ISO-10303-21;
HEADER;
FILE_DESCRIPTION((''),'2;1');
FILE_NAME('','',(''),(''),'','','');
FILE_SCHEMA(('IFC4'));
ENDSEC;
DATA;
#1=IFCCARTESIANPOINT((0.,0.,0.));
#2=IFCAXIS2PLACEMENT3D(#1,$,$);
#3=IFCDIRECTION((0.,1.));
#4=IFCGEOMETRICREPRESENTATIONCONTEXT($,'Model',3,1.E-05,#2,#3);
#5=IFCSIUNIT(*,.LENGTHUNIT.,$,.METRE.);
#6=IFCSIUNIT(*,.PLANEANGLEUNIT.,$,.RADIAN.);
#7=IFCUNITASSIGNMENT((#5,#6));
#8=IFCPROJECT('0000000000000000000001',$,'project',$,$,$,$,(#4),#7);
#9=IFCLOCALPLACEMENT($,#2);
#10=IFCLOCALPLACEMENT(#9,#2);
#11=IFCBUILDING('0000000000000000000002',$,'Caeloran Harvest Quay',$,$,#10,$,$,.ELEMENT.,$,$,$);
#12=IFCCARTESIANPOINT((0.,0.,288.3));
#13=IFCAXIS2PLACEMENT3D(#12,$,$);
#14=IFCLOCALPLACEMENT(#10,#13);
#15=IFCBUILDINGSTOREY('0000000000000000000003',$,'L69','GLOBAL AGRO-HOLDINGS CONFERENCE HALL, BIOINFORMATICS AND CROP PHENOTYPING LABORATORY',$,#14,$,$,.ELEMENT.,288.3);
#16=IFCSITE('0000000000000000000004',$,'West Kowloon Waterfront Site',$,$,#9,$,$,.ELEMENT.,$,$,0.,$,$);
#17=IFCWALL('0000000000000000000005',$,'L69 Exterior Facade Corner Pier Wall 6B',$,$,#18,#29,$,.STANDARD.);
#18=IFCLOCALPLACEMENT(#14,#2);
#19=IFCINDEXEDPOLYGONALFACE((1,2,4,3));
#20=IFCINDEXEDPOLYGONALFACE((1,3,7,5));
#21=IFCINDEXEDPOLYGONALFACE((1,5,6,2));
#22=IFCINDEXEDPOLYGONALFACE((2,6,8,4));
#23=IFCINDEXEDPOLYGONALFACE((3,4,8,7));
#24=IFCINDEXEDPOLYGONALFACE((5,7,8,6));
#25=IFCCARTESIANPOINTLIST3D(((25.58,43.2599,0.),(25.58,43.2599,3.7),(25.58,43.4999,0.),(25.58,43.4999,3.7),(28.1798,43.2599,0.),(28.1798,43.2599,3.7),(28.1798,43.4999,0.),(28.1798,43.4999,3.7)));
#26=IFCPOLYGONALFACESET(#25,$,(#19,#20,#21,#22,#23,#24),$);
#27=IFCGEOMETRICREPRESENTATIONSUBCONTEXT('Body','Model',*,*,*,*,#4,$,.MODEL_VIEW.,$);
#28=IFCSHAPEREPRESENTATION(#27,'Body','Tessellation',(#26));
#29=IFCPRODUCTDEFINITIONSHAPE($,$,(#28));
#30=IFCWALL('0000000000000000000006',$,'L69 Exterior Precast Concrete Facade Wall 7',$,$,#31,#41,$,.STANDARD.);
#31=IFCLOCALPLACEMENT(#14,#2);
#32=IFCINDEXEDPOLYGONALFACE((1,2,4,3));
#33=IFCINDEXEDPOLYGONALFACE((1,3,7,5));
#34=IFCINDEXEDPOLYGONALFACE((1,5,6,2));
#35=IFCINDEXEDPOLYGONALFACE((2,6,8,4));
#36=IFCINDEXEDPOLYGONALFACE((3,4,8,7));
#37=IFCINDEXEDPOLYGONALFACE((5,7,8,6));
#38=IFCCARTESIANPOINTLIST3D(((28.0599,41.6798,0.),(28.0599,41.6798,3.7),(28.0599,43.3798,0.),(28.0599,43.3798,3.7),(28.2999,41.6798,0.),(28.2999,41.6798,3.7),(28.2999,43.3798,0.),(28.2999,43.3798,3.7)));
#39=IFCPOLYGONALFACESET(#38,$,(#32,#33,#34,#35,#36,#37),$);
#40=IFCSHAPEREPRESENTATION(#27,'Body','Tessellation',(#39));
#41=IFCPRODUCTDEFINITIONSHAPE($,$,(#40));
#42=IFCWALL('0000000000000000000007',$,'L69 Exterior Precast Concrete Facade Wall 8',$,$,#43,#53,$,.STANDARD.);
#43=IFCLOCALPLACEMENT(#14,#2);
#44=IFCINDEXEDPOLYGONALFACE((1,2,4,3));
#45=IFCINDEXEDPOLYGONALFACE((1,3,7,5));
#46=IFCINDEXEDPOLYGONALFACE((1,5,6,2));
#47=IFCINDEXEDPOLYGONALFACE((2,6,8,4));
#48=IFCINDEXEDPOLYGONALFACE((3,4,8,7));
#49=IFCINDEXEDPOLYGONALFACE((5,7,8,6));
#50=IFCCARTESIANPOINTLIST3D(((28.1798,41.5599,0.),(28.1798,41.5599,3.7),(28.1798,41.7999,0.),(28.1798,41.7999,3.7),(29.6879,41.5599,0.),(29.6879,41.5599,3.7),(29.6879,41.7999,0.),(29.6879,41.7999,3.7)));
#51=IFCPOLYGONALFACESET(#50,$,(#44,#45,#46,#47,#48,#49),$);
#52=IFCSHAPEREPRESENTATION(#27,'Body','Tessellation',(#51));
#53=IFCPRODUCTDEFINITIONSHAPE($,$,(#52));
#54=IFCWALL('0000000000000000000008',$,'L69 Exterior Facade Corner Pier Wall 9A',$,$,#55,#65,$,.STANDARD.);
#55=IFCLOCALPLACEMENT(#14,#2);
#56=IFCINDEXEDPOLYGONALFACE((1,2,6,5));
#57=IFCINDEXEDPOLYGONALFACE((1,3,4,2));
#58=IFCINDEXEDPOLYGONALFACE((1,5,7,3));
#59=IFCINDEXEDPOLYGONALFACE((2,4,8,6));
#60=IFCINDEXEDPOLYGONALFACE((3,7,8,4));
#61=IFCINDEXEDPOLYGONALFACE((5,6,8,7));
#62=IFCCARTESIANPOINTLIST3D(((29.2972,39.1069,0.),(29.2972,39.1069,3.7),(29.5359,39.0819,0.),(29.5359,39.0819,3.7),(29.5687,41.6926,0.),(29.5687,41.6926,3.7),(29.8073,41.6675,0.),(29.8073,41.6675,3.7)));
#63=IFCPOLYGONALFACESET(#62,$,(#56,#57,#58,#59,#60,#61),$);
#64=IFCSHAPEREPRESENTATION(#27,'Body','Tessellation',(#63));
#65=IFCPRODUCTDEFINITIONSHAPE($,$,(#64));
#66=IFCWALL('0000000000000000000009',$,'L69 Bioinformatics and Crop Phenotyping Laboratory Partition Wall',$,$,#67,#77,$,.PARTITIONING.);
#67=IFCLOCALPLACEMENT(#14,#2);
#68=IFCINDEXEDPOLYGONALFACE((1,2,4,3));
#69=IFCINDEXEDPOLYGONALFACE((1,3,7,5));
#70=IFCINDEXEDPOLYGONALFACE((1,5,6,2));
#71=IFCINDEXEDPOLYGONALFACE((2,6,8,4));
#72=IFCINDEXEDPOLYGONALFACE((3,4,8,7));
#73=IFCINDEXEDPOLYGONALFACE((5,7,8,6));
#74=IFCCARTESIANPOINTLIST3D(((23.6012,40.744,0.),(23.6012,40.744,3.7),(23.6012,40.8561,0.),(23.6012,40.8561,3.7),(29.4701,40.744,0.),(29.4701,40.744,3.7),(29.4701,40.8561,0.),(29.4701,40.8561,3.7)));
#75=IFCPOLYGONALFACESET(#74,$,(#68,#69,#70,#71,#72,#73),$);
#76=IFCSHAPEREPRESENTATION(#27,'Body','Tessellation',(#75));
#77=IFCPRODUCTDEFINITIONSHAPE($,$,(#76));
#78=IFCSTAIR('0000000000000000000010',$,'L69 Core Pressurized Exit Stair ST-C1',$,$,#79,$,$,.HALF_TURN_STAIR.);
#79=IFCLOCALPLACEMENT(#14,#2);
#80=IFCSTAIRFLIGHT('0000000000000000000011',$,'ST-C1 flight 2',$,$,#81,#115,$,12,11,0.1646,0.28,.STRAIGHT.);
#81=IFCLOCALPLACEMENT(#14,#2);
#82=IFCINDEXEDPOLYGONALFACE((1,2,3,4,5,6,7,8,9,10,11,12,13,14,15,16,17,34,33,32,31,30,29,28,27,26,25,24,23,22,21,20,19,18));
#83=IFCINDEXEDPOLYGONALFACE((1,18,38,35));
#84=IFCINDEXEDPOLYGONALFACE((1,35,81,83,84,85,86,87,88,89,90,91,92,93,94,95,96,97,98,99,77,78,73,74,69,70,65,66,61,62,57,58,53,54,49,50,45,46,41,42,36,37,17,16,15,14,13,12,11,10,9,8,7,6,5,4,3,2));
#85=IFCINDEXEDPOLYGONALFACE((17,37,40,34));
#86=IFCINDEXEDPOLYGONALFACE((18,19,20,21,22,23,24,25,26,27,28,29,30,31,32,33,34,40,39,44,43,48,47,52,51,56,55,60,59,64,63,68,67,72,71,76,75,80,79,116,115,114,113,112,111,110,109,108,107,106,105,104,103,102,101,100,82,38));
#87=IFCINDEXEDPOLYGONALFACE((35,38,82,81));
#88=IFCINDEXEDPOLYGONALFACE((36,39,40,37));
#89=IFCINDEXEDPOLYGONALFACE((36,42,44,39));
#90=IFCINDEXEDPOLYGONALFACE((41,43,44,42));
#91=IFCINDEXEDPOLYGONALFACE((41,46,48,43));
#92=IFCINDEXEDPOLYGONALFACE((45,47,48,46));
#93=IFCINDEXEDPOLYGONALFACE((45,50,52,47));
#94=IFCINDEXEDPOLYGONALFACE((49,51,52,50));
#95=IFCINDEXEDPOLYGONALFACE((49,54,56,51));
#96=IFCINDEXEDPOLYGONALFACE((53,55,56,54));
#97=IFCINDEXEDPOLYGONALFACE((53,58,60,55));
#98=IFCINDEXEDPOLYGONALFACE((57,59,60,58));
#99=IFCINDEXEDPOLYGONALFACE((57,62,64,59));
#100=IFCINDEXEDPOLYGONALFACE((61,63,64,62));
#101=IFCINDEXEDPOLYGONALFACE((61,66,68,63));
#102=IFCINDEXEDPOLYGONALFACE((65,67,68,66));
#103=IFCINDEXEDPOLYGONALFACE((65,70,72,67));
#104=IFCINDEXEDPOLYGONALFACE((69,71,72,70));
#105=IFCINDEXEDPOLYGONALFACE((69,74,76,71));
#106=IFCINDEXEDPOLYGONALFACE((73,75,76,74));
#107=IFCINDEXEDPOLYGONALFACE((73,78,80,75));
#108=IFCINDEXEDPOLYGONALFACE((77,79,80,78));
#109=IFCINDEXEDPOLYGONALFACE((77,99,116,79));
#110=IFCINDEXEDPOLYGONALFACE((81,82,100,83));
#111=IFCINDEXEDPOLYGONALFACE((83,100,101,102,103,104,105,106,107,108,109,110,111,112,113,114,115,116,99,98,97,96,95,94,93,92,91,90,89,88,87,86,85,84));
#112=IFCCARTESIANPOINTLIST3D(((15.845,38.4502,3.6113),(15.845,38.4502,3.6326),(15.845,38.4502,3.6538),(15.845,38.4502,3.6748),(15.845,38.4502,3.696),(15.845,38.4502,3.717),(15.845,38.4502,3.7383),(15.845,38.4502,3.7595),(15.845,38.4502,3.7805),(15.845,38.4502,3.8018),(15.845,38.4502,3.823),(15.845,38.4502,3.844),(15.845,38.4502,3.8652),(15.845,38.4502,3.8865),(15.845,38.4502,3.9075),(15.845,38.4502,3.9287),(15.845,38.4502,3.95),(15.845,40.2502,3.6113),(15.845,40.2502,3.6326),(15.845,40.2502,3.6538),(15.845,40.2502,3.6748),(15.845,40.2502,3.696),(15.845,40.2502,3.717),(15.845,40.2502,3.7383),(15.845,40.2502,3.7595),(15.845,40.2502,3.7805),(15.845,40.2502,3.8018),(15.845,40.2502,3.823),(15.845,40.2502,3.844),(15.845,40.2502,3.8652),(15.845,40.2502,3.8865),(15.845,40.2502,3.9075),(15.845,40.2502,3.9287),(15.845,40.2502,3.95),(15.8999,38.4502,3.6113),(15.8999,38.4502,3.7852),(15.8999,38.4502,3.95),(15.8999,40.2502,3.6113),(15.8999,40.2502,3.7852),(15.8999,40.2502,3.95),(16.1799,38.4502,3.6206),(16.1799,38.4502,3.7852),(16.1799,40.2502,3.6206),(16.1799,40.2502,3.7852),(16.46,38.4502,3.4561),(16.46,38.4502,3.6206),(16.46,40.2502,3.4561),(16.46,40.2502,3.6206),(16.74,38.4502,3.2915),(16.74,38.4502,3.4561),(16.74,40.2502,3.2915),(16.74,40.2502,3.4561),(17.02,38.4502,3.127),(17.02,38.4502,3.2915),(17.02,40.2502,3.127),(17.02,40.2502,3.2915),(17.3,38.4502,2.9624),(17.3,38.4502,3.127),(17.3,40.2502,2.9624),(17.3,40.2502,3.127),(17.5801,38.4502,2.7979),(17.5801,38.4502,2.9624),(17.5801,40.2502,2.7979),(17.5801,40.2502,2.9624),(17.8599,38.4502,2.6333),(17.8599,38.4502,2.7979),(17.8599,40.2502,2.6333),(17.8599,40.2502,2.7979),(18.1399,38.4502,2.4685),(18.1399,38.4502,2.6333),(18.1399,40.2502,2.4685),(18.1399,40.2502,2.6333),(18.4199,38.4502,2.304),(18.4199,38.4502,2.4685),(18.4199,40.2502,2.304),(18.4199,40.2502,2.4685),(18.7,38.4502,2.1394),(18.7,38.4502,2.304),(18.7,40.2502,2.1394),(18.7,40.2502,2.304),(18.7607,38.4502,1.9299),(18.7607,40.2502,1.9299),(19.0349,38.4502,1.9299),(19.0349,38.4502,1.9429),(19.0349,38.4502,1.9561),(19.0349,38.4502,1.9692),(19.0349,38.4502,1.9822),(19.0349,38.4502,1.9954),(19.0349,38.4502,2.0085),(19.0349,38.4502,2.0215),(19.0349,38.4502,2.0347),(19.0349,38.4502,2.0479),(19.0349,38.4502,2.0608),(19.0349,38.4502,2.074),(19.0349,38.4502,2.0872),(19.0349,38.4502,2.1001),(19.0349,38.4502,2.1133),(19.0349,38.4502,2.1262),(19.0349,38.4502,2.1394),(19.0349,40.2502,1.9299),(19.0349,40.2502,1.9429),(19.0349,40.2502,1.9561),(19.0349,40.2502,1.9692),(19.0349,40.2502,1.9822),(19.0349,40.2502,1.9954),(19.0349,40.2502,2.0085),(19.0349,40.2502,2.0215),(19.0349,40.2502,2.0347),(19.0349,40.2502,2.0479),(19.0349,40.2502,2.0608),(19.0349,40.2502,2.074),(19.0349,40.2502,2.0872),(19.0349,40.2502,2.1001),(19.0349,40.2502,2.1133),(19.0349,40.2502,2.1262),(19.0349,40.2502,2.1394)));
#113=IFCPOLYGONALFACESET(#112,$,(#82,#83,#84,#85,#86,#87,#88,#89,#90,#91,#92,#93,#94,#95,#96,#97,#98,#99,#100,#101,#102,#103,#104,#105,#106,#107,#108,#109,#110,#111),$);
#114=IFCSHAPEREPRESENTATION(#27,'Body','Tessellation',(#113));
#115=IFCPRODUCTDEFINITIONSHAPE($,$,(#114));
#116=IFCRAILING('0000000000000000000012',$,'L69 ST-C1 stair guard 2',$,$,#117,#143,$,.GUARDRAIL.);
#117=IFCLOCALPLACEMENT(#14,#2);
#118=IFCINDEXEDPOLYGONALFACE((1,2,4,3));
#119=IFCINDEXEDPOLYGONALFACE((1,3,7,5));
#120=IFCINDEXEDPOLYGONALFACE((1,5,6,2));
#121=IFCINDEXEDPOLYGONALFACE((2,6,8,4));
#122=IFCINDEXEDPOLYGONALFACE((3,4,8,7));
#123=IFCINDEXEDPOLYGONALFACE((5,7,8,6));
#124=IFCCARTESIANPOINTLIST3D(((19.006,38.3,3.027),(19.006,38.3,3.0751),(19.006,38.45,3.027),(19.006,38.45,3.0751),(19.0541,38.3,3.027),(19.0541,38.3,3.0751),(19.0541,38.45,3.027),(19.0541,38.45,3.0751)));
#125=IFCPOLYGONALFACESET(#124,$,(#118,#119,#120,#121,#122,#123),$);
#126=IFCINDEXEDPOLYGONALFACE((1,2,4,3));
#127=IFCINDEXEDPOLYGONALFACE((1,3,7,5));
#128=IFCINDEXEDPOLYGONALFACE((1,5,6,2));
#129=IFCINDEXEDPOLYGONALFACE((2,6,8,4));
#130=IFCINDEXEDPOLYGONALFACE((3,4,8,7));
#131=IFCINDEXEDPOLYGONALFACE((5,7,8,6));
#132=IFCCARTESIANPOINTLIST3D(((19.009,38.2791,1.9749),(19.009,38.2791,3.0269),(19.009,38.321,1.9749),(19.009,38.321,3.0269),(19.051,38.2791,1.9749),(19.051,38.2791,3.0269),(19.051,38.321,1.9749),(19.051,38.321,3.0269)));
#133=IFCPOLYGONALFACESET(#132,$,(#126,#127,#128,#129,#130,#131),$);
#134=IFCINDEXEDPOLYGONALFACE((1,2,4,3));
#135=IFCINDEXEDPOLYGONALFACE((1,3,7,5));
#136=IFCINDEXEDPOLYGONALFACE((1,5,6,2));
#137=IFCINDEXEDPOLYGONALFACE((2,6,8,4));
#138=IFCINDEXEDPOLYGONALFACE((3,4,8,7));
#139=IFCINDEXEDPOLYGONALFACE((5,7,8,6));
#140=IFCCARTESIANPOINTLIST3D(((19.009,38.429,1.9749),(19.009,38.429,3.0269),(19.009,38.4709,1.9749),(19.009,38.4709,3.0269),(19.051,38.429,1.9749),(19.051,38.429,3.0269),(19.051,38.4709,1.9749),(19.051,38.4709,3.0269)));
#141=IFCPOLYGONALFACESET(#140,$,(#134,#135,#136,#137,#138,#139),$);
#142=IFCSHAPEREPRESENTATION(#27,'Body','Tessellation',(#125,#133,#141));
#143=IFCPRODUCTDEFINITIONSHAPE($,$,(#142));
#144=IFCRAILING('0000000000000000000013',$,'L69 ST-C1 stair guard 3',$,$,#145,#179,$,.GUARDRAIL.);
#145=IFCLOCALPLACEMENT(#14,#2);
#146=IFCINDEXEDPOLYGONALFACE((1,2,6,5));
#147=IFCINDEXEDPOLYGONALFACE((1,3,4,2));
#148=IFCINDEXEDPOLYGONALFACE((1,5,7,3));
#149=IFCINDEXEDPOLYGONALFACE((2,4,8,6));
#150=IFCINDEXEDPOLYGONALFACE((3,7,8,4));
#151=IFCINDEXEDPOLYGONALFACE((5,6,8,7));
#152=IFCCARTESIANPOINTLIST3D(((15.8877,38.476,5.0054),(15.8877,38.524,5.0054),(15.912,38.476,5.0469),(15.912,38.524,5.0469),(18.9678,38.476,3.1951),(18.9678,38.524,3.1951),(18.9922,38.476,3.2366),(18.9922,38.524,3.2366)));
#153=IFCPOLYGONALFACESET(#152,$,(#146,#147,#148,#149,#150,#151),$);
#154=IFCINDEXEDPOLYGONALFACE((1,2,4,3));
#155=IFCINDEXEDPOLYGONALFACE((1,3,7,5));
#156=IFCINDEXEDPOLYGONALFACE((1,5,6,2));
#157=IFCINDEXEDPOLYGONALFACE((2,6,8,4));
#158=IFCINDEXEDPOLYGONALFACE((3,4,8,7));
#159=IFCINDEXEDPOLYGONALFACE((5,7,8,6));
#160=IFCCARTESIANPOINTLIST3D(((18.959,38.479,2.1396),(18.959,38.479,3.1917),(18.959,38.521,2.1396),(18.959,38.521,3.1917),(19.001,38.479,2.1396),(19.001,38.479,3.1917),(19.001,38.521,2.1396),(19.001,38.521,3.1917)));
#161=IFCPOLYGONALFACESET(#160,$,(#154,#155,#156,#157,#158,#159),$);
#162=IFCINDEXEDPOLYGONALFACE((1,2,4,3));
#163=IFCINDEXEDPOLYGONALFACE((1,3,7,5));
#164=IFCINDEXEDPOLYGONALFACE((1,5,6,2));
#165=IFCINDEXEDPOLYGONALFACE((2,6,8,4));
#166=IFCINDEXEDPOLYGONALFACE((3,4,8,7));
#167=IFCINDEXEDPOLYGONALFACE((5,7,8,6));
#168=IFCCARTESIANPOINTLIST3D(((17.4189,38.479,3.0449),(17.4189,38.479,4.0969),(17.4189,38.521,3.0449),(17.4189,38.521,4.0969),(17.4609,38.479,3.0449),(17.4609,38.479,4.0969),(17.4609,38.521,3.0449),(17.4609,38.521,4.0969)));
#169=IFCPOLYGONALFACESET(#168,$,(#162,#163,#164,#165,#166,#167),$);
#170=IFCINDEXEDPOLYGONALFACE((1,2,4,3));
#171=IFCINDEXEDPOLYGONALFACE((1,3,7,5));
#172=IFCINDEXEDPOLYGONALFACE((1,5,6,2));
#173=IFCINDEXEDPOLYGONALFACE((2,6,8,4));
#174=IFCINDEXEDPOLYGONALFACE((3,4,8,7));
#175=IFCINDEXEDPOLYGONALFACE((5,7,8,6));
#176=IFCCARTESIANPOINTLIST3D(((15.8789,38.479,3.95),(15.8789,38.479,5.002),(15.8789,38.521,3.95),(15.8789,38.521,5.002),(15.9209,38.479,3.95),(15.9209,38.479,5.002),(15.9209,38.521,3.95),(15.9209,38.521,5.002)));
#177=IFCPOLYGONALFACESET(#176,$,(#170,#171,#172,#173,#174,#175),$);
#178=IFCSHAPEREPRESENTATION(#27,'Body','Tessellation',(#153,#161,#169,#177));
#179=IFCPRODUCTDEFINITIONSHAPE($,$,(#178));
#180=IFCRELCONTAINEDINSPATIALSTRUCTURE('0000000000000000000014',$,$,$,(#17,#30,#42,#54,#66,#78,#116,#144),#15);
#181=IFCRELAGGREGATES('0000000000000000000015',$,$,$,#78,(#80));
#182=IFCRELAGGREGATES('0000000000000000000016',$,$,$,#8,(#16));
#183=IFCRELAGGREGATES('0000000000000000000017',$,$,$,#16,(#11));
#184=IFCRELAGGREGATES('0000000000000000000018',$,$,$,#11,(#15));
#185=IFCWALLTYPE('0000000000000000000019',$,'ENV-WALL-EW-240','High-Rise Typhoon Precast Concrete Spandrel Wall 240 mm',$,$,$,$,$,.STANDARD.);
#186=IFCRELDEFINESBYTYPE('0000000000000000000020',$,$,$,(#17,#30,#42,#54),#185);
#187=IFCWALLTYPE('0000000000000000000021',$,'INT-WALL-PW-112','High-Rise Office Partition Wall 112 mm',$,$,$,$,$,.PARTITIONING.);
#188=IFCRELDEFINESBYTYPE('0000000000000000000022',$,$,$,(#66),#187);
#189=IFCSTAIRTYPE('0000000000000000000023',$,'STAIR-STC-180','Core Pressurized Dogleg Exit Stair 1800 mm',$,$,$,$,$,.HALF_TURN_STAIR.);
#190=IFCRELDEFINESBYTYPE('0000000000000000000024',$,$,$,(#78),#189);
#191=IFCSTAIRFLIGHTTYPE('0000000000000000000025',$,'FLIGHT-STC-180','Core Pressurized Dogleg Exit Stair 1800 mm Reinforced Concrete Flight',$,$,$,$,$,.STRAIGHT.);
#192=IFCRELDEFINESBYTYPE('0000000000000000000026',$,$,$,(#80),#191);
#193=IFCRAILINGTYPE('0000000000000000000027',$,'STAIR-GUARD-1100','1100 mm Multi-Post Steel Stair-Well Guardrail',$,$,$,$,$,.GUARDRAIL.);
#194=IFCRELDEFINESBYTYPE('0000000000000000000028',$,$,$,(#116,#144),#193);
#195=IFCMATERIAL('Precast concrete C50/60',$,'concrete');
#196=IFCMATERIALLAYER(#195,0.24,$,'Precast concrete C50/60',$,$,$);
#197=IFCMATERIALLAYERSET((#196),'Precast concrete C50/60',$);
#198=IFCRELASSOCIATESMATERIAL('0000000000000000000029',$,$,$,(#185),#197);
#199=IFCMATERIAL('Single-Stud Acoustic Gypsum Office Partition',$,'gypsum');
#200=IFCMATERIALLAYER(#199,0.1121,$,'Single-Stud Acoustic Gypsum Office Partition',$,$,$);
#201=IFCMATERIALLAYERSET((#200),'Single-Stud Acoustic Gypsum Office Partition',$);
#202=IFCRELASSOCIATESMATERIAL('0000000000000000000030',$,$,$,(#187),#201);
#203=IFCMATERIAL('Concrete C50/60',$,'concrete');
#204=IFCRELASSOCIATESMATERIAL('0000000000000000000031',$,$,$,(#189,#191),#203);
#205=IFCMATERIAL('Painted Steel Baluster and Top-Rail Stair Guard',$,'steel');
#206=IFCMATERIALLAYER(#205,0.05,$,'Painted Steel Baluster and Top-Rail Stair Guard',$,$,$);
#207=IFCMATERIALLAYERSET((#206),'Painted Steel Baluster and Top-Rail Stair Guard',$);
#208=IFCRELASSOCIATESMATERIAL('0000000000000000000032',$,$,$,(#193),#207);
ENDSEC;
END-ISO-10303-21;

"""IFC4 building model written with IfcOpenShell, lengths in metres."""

from ifc_helpers import new_model, si_unit, direction, frame, frame_2d, origin, origin_2d, place, context, subcontext, project, spatial, polyline, rectangle, outline, extrude, material, layer, layer_set, type_object, element, aggregate, save


model = new_model("IFC4")

# Units and contexts
model_context = context("Model", 3, precision=1e-05, world=origin(), true_north=direction((0.0, 1.0)))
body_context = subcontext(model_context, "Body", "Model", "MODEL_VIEW")
ifc_project = project(units=[si_unit("LENGTHUNIT", "METRE"), si_unit("PLANEANGLEUNIT", "RADIAN")], contexts=[model_context])

# Site, building, storey
site_placement = place(None, origin())
site = spatial("IfcSite", under=ifc_project, at=site_placement, Name="West Kowloon Waterfront Site", CompositionType="ELEMENT", RefElevation=0.0)
building_placement = place(site_placement, origin())
building = spatial("IfcBuilding", under=site, at=building_placement, Name="Caeloran Harvest Quay", CompositionType="ELEMENT")
storey_placement = place(building_placement, frame((0.0, 0.0, 288.3)))
storey = spatial("IfcBuildingStorey", under=building, at=storey_placement, Name="L69", Description="GLOBAL AGRO-HOLDINGS CONFERENCE HALL, BIOINFORMATICS AND CROP PHENOTYPING LABORATORY", CompositionType="ELEMENT", Elevation=288.3)

# Walls
ifc_material_1 = material(Name="Precast concrete C50/60", Category="concrete")
ifc_layer_1 = layer(ifc_material_1, 0.24, Name="Precast concrete C50/60")
ifc_layer_set_1 = layer_set([ifc_layer_1], Name="Precast concrete C50/60")
wall_type_1 = type_object("IfcWallType", Name="ENV-WALL-EW-240", Description="High-Rise Typhoon Precast Concrete Spandrel Wall 240 mm", PredefinedType="STANDARD", material=ifc_layer_set_1)
wall_1_placement = place(storey_placement, frame((25.5801, 43.3799, 0.0), z_axis=(0.0, 0.0, 1.0), x_axis=(1.0, 0.0, 0.0)))
element("IfcWall", 1, at=wall_1_placement, inside=storey, type_object=wall_type_1, Name="L69 Exterior Facade Corner Pier Wall 6B", PredefinedType="STANDARD", context=body_context, shape_type="SweptSolid", body=[
    extrude(rectangle(XDim=2.5999, YDim=0.24, at=frame_2d((1.2998, 0.0))), origin(), (0.0, 0.0, 1.0), 3.7),
])
wall_2_placement = place(storey_placement, frame((28.1799, 43.3799, 0.0), z_axis=(0.0, 0.0, 1.0), x_axis=(0.0, -1.0, 0.0)))
element("IfcWall", 2, at=wall_2_placement, inside=storey, type_object=wall_type_1, Name="L69 Exterior Precast Concrete Facade Wall 7", PredefinedType="STANDARD", context=body_context, shape_type="SweptSolid", body=[
    extrude(rectangle(XDim=1.7, YDim=0.24, at=frame_2d((0.8501, 0.0))), origin(), (0.0, 0.0, 1.0), 3.7),
])
wall_3_placement = place(storey_placement, frame((28.1799, 41.6799, 0.0), z_axis=(0.0, 0.0, 1.0), x_axis=(1.0, 0.0, 0.0)))
element("IfcWall", 3, at=wall_3_placement, inside=storey, type_object=wall_type_1, Name="L69 Exterior Precast Concrete Facade Wall 8", PredefinedType="STANDARD", context=body_context, shape_type="SweptSolid", body=[
    extrude(rectangle(XDim=1.5081, YDim=0.24, at=frame_2d((0.7539, 0.0))), origin(), (0.0, 0.0, 1.0), 3.7),
])
wall_4_placement = place(storey_placement, frame((29.688, 41.6799, 0.0), z_axis=(0.0, 0.0, 1.0), x_axis=(-0.104421, -0.994533, 0.0)))
element("IfcWall", 4, at=wall_4_placement, inside=storey, type_object=wall_type_1, Name="L69 Exterior Facade Corner Pier Wall 9A", PredefinedType="STANDARD", context=body_context, shape_type="SweptSolid", body=[
    extrude(rectangle(XDim=2.5999, YDim=0.24, at=frame_2d((1.2998, 0.0))), origin(), (0.0, 0.0, 1.0), 3.7),
])
ifc_material_2 = material(Name="Single-Stud Acoustic Gypsum Office Partition", Category="gypsum")
ifc_layer_2 = layer(ifc_material_2, 0.1121, Name="Single-Stud Acoustic Gypsum Office Partition")
ifc_layer_set_2 = layer_set([ifc_layer_2], Name="Single-Stud Acoustic Gypsum Office Partition")
wall_type_2 = type_object("IfcWallType", Name="INT-WALL-PW-112", Description="High-Rise Office Partition Wall 112 mm", PredefinedType="PARTITIONING", material=ifc_layer_set_2)
wall_5_placement = place(storey_placement, frame((23.6011, 40.8, 0.0), z_axis=(0.0, 0.0, 1.0), x_axis=(1.0, 0.0, 0.0)))
element("IfcWall", 5, at=wall_5_placement, inside=storey, type_object=wall_type_2, Name="L69 Bioinformatics and Crop Phenotyping Laboratory Partition Wall", PredefinedType="PARTITIONING", context=body_context, shape_type="SweptSolid", body=[
    extrude(rectangle(XDim=5.8689, YDim=0.1121, at=frame_2d((2.9346, 0.0))), origin(), (0.0, 0.0, 1.0), 3.7),
])

# Stair, stair flight
ifc_material_3 = material(Name="Concrete C50/60", Category="concrete")
stair_type = type_object("IfcStairType", Name="STAIR-STC-180", Description="Core Pressurized Dogleg Exit Stair 1800 mm", PredefinedType="HALF_TURN_STAIR", material=ifc_material_3)
stair_placement = place(storey_placement, origin())
stair = element("IfcStair", 6, at=stair_placement, inside=storey, type_object=stair_type, Name="L69 Core Pressurized Exit Stair ST-C1", PredefinedType="HALF_TURN_STAIR")
stair_flight_type = type_object("IfcStairFlightType", Name="FLIGHT-STC-180", Description="Core Pressurized Dogleg Exit Stair 1800 mm Reinforced Concrete Flight", PredefinedType="STRAIGHT", material=ifc_material_3)
stair_flight_placement = place(storey_placement, frame((18.98, 39.3501, 1.9749), z_axis=(0.0, 0.0, 1.0), x_axis=(-1.0, 0.0, 0.0)))
stair_flight = element("IfcStairFlight", 7, at=stair_flight_placement, type_object=stair_flight_type, Name="ST-C1 flight 2", NumberOfRisers=12, NumberOfTreads=11, PredefinedType="STRAIGHT", RiserHeight=0.1646, TreadLength=0.28, context=body_context, shape_type="SweptSolid", body=[
    extrude(outline(polyline([(-0.0549, -0.0449), (-0.0549, -0.032), (-0.0549, -0.0188), (-0.0549, -0.0056), (-0.0549, 0.0073), (-0.0549, 0.0205), (-0.0549, 0.0337), (-0.0549, 0.0466), (-0.0549, 0.0598), (-0.0549, 0.073), (-0.0549, 0.0859), (-0.0549, 0.0991), (-0.0549, 0.1123), (-0.0549, 0.1252), (-0.0549, 0.1384), (-0.0549, 0.1514), (-0.0549, 0.1646), (0.28, 0.1646), (0.28, 0.3291), (0.5601, 0.3291), (0.5601, 0.4937), (0.8401, 0.4937), (0.8401, 0.6584), (1.1201, 0.6584), (1.1201, 0.823), (1.3999, 0.823), (1.3999, 0.9875), (1.6799, 0.9875), (1.6799, 1.1521), (1.96, 1.1521), (1.96, 1.3167), (2.24, 1.3167), (2.24, 1.4812), (2.52, 1.4812), (2.52, 1.6458), (2.8, 1.6458), (2.8, 1.8103), (3.0801, 1.8103), (3.0801, 1.9751), (3.135, 1.9751), (3.135, 1.9539), (3.135, 1.9326), (3.135, 1.9116), (3.135, 1.8904), (3.135, 1.8691), (3.135, 1.8481), (3.135, 1.8269), (3.135, 1.8057), (3.135, 1.7847), (3.135, 1.7634), (3.135, 1.7422), (3.135, 1.7212), (3.135, 1.7), (3.135, 1.679), (3.135, 1.6577), (3.135, 1.6365), (3.0801, 1.6365), (0.2192, -0.0449), (-0.0549, -0.0449)])), frame((0.0, 0.8999, 0.0), z_axis=(0.0, -1.0, 0.0), x_axis=(1.0, 0.0, 0.0)), (0.0, 0.0, 1.0), 1.8),
])
aggregate(stair, [stair_flight])

# Railings
ifc_material_4 = material(Name="Painted Steel Baluster and Top-Rail Stair Guard", Category="steel")
ifc_layer_3 = layer(ifc_material_4, 0.05, Name="Painted Steel Baluster and Top-Rail Stair Guard")
ifc_layer_set_3 = layer_set([ifc_layer_3], Name="Painted Steel Baluster and Top-Rail Stair Guard")
railing_type_1 = type_object("IfcRailingType", Name="STAIR-GUARD-1100", Description="1100 mm Multi-Post Steel Stair-Well Guardrail", PredefinedType="GUARDRAIL", material=ifc_layer_set_3)
railing_1_placement = place(storey_placement, frame((19.03, 38.3, 1.9749)))
element("IfcRailing", 8, at=railing_1_placement, inside=storey, type_object=railing_type_1, Name="L69 ST-C1 stair guard 2", PredefinedType="GUARDRAIL", context=body_context, shape_type="SweptSolid", body=[
    extrude(rectangle(XDim=0.0481, YDim=0.0481, at=origin_2d()), frame((0.0, 0.0, 1.0762), z_axis=(0.0, 1.0, 0.0), x_axis=(-1.0, 0.0, 0.0)), (0.0, 0.0, 1.0), 0.1499),
    extrude(rectangle(XDim=0.042, YDim=0.042, at=origin_2d()), origin(), (0.0, 0.0, 1.0), 1.052),
    extrude(rectangle(XDim=0.042, YDim=0.042, at=origin_2d()), frame((0.0, 0.1499, 0.0)), (0.0, 0.0, 1.0), 1.052),
])
railing_2_placement = place(storey_placement, frame((18.98, 38.5, 2.1396)))
element("IfcRailing", 9, at=railing_2_placement, inside=storey, type_object=railing_type_1, Name="L69 ST-C1 stair guard 3", PredefinedType="GUARDRAIL", context=body_context, shape_type="SweptSolid", body=[
    extrude(rectangle(XDim=0.0481, YDim=0.0481, at=origin_2d()), frame((0.0, 0.0, 1.0762), z_axis=(-0.862119, 0.0, 0.506707), x_axis=(0.0, -1.0, 0.0)), (0.0, 0.0, 1.0), 3.5728),
    extrude(rectangle(XDim=0.042, YDim=0.042, at=origin_2d()), origin(), (0.0, 0.0, 1.0), 1.052),
    extrude(rectangle(XDim=0.042, YDim=0.042, at=origin_2d()), frame((-1.54, 0.0, 0.9053)), (0.0, 0.0, 1.0), 1.052),
    extrude(rectangle(XDim=0.042, YDim=0.042, at=origin_2d()), frame((-3.0801, 0.0, 1.8103)), (0.0, 0.0, 1.0), 1.052),
])

save(model, "model.ifc")
